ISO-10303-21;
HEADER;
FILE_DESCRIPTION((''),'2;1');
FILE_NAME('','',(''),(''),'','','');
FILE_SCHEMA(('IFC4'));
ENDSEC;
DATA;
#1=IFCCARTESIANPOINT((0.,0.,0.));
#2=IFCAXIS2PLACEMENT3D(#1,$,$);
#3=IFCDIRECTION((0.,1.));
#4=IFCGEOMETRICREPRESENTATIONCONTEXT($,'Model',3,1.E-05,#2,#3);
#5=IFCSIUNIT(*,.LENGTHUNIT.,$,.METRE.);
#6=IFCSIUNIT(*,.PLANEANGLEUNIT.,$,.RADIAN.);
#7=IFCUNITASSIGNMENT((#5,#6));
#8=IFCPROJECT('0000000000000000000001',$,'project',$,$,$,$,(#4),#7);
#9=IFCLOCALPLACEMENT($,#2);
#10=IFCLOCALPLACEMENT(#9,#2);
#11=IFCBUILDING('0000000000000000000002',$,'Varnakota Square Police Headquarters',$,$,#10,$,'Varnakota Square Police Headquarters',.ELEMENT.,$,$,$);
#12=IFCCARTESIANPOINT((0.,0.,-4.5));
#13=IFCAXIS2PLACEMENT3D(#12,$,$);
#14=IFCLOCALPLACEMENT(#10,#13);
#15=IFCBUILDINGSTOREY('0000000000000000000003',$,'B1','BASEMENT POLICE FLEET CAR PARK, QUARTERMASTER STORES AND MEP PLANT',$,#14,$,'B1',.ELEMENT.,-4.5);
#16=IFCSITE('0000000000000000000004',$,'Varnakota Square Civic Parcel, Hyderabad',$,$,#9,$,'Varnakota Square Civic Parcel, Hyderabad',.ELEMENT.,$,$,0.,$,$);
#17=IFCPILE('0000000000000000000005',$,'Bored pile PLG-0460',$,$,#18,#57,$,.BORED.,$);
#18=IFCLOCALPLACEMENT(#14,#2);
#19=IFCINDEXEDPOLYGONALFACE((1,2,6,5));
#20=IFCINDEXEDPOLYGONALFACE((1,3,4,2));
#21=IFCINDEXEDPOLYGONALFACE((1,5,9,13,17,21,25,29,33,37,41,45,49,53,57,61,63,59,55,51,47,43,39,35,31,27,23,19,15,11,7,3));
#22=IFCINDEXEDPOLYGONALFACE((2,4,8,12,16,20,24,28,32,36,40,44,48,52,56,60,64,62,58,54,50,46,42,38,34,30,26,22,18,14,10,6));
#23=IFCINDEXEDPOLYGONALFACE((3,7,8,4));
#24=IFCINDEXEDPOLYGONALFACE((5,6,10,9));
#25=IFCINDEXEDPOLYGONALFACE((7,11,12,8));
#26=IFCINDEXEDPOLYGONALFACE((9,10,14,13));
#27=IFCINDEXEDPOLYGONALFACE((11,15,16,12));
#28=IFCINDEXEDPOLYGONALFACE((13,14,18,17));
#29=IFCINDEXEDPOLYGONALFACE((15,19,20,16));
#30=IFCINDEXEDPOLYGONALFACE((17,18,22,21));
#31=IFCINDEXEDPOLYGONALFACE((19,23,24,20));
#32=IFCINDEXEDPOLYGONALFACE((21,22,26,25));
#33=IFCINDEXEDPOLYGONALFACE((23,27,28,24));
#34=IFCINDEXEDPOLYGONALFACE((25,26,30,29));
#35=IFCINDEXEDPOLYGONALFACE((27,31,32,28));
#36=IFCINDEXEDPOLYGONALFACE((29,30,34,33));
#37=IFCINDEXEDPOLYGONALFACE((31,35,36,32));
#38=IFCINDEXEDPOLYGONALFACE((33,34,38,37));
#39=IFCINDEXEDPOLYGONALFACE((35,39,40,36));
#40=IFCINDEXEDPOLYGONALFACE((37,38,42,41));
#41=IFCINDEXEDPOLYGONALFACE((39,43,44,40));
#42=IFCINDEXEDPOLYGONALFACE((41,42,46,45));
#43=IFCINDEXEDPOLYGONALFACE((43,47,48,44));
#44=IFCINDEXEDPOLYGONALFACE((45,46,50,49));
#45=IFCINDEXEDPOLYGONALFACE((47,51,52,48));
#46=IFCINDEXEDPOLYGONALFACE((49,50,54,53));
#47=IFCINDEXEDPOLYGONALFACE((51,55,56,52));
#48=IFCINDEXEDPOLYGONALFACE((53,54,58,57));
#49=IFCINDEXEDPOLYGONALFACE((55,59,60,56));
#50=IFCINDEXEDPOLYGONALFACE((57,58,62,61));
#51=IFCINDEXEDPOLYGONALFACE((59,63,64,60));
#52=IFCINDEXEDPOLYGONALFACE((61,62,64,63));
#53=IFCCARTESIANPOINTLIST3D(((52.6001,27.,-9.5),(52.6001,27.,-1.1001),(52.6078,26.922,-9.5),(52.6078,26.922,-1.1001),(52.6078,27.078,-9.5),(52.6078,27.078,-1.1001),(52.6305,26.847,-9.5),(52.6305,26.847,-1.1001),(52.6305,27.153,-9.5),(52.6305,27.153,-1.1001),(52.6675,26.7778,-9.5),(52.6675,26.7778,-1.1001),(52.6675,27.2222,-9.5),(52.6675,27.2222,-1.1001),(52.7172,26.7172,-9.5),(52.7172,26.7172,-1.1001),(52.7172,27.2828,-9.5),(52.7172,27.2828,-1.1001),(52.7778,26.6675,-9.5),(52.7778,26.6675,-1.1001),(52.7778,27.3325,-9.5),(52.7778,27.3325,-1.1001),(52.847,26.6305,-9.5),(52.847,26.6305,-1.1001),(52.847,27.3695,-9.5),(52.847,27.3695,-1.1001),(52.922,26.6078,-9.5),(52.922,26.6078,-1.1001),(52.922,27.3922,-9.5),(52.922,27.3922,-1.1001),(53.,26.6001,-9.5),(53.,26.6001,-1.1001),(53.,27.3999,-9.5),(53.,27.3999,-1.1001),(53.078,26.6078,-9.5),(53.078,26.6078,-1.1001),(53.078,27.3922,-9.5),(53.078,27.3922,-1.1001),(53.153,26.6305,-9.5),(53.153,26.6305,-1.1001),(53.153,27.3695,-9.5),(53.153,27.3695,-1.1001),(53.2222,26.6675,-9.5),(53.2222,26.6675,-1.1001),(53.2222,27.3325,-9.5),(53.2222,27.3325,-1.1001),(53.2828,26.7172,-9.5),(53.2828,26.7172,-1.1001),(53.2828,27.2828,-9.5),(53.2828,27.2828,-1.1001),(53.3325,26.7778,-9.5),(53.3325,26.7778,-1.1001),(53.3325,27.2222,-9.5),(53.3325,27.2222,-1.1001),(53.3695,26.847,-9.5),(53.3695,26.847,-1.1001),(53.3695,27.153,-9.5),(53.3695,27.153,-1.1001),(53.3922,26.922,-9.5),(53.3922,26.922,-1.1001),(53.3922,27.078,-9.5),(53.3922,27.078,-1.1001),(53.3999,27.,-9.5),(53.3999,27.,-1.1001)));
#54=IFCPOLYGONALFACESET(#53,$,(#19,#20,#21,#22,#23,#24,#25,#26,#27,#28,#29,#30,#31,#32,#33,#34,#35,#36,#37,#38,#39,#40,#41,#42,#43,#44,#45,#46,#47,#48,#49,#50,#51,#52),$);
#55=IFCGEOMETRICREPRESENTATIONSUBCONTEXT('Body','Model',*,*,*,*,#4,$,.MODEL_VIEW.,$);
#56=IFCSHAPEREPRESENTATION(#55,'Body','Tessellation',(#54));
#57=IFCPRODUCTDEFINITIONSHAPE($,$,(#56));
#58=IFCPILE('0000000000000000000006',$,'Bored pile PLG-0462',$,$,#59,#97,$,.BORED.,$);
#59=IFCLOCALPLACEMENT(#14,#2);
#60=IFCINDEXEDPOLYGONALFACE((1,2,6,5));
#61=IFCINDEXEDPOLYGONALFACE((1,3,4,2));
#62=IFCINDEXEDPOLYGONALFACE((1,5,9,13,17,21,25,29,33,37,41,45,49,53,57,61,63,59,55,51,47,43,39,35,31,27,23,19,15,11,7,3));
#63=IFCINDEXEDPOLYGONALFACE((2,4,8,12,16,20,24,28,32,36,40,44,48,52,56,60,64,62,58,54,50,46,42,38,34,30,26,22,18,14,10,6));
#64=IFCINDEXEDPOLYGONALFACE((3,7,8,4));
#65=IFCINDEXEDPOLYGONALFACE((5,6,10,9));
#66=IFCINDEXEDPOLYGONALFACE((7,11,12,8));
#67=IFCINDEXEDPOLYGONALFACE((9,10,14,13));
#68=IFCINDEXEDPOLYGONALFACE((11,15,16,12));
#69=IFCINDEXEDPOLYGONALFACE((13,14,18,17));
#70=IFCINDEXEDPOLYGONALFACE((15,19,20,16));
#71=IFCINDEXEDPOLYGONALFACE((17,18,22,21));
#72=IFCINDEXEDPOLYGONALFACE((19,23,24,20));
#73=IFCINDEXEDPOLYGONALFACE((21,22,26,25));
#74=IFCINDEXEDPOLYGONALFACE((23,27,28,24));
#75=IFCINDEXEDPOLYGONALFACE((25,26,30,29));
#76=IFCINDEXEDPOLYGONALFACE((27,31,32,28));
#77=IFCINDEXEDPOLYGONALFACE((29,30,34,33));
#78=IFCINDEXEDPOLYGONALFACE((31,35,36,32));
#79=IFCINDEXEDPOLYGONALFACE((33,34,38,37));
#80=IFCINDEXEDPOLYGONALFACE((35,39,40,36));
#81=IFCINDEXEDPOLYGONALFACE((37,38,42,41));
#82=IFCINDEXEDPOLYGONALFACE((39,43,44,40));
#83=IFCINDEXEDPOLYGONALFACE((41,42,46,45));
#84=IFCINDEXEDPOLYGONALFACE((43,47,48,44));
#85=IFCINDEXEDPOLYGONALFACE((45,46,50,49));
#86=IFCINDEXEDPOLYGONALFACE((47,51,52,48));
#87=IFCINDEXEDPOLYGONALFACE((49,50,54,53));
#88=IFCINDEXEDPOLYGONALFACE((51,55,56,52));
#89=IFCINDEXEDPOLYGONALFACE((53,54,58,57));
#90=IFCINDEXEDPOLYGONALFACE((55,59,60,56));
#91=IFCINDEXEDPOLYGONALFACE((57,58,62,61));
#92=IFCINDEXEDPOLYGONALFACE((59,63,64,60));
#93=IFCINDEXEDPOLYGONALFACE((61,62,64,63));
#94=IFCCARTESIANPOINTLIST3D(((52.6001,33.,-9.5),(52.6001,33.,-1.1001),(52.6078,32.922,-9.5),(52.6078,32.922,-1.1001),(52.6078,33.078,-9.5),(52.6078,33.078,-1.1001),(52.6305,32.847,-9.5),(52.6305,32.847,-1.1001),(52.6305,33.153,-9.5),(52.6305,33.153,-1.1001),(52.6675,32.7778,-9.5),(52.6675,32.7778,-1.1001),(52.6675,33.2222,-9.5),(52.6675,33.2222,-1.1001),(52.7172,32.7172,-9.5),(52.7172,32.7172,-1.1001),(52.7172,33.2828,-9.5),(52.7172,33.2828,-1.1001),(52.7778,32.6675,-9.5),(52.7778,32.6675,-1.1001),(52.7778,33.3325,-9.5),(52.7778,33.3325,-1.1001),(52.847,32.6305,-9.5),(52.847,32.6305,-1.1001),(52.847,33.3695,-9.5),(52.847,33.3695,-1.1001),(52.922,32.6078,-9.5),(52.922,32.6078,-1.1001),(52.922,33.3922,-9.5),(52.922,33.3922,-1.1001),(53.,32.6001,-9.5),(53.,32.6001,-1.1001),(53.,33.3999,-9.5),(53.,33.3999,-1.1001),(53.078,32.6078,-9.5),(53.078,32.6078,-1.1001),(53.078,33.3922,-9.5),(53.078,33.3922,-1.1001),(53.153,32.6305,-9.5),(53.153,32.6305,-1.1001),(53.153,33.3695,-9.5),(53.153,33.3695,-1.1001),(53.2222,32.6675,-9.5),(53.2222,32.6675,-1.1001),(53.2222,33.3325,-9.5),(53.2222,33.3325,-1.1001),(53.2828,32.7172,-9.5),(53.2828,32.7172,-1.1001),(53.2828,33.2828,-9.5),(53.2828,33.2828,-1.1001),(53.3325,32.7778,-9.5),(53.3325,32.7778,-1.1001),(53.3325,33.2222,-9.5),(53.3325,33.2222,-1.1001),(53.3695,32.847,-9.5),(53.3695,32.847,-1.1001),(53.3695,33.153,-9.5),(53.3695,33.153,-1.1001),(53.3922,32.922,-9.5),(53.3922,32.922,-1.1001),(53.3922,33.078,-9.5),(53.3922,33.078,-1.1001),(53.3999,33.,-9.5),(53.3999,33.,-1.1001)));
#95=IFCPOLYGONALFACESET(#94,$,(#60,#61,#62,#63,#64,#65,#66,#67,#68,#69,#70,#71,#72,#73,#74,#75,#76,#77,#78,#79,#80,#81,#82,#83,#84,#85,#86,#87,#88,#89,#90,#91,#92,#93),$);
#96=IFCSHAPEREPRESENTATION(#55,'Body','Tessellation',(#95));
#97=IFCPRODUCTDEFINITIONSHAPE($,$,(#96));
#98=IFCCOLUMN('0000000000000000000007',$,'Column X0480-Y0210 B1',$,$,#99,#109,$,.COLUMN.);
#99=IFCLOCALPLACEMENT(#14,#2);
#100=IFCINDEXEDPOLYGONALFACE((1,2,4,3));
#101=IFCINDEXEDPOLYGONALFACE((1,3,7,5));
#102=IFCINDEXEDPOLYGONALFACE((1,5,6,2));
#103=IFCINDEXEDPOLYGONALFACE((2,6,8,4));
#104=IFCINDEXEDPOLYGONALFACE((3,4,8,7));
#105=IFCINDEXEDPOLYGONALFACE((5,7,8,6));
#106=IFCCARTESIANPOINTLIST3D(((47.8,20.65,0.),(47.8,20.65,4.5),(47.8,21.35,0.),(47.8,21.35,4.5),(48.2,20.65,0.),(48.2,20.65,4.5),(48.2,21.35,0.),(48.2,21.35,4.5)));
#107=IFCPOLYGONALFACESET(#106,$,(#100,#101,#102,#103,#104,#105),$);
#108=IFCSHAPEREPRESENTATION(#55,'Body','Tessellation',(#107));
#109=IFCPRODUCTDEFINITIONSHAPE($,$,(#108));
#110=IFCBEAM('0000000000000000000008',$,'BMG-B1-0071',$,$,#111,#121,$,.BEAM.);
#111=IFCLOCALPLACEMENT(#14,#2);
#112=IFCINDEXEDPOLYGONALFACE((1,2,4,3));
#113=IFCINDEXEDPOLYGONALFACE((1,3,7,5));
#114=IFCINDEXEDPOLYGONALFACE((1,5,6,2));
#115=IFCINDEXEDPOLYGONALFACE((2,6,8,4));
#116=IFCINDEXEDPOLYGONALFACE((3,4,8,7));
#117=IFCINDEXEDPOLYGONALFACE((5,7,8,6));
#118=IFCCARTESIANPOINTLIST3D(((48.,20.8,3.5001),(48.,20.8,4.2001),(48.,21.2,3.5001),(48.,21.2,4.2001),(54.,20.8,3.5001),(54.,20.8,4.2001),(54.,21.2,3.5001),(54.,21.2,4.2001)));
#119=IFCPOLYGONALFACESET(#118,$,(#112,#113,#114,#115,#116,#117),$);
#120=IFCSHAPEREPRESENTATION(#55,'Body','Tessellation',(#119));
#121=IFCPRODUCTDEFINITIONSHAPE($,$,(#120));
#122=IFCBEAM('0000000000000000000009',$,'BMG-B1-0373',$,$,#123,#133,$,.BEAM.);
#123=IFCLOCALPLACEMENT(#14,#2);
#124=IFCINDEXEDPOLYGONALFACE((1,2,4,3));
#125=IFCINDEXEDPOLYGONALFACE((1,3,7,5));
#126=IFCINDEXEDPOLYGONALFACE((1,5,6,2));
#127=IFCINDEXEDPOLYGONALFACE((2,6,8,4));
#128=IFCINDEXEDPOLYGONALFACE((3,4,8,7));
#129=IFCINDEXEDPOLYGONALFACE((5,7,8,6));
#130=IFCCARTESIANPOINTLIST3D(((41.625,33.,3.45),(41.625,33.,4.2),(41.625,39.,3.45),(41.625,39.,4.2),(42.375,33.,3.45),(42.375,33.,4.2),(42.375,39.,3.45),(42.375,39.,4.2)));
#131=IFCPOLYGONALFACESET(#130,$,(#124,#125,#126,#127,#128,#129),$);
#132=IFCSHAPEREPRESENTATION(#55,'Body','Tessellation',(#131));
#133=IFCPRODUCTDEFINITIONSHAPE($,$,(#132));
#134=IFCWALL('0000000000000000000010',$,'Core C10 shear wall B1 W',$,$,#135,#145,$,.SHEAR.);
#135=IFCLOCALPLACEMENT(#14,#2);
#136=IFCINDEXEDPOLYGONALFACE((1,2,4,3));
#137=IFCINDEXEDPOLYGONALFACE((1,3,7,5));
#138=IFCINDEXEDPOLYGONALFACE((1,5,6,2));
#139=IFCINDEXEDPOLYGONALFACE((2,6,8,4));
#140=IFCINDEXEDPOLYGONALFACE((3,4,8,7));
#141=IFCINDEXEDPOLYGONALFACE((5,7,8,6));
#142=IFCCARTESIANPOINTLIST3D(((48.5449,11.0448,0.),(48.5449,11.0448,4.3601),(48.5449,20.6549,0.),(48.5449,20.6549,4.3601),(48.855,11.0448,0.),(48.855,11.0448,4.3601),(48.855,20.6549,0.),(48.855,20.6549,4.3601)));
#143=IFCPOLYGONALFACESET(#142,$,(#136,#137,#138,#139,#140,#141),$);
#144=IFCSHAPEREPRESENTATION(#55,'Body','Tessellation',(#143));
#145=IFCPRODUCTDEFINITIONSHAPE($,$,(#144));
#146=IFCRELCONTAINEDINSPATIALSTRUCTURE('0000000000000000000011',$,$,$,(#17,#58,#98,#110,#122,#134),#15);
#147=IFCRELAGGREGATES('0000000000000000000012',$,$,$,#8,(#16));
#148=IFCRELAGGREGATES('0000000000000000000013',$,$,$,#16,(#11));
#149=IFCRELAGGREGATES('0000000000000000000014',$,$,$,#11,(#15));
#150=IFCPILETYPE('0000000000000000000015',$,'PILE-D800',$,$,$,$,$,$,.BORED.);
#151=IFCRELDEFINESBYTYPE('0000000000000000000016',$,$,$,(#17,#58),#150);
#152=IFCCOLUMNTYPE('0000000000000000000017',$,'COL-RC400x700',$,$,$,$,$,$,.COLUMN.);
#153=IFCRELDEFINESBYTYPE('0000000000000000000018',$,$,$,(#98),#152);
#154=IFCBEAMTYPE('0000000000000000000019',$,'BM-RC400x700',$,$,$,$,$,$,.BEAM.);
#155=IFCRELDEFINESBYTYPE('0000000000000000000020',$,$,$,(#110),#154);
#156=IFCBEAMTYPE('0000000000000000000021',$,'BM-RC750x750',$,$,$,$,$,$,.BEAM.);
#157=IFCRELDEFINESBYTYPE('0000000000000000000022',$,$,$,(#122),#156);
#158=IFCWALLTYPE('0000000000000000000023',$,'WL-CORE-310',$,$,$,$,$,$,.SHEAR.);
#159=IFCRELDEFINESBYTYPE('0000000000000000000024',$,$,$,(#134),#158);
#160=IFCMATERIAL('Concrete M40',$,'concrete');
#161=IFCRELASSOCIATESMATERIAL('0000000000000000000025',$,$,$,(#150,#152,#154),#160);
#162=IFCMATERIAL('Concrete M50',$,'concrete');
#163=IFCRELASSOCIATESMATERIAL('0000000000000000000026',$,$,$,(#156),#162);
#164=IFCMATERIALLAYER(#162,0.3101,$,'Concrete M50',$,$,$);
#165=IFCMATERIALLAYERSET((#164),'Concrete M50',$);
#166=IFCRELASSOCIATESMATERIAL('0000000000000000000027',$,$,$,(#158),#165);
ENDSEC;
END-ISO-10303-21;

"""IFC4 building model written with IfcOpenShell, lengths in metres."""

from ifc_helpers import new_model, si_unit, direction, frame, frame_2d, origin, origin_2d, place, context, subcontext, project, spatial, rectangle, circle, extrude, material, layer, layer_set, material_profile, profile_set, type_object, element, save


model = new_model("IFC4")

# Units and contexts
model_context = context("Model", 3, precision=1e-05, world=origin(), true_north=direction((0.0, 1.0)))
body_context = subcontext(model_context, "Body", "Model", "MODEL_VIEW")
ifc_project = project(units=[si_unit("LENGTHUNIT", "METRE"), si_unit("PLANEANGLEUNIT", "RADIAN")], contexts=[model_context])

# Site, building, storey
site_placement = place(None, origin())
site = spatial("IfcSite", under=ifc_project, at=site_placement, Name="Varnakota Square Civic Parcel, Hyderabad", LongName="Varnakota Square Civic Parcel, Hyderabad", CompositionType="ELEMENT", RefElevation=0.0)
building_placement = place(site_placement, origin())
building = spatial("IfcBuilding", under=site, at=building_placement, Name="Varnakota Square Police Headquarters", LongName="Varnakota Square Police Headquarters", CompositionType="ELEMENT")
storey_placement = place(building_placement, frame((0.0, 0.0, -4.5)))
storey = spatial("IfcBuildingStorey", under=building, at=storey_placement, Name="B1", Description="BASEMENT POLICE FLEET CAR PARK, QUARTERMASTER STORES AND MEP PLANT", LongName="B1", CompositionType="ELEMENT", Elevation=-4.5)

# Shared definitions
ifc_material_1 = material(Name="Concrete M40", Category="concrete")

# Piles
ifc_material_2 = material(Name="Concrete M50", Category="concrete")
ifc_material_profile_1 = material_profile(ifc_material_1, circle(Radius=0.3999, at=origin_2d()), Name="BORED PILE 800")
ifc_profile_set_1 = profile_set([ifc_material_profile_1], Name="Concrete M40")
pile_type_1 = type_object("IfcPileType", Name="PILE-D800", PredefinedType="BORED", material=ifc_profile_set_1)
for number, where, z_axis, x_axis, name in (
    (1, (53.0, 27.0, -1.1001), (0.0, 0.0, -1.0), (1.0, 0.0, 0.0), "Bored pile PLG-0460"),
    (2, (53.0, 33.0, -1.1001), (0.0, 0.0, -1.0), (1.0, 0.0, 0.0), "Bored pile PLG-0462"),
):
    element("IfcPile", number, at=place(storey_placement, frame(where, z_axis=z_axis, x_axis=x_axis)), inside=storey, type_object=pile_type_1, Name=name, PredefinedType="BORED", context=body_context, shape_type="SweptSolid", body=[
        extrude(circle(Radius=0.3999, at=origin_2d()), origin(), (0.0, 0.0, 1.0), 8.3999),
    ])

# Column
ifc_material_profile_2 = material_profile(ifc_material_1, rectangle(XDim=0.3999, YDim=0.7, at=origin_2d()), Name="RC 400x700")
ifc_profile_set_2 = profile_set([ifc_material_profile_2], Name="Concrete M40")
column_type = type_object("IfcColumnType", Name="COL-RC400x700", PredefinedType="COLUMN", material=ifc_profile_set_2)
column_placement = place(storey_placement, frame((48.0, 21.0, 0.0), z_axis=(0.0, 0.0, 1.0), x_axis=(1.0, 0.0, 0.0)))
element("IfcColumn", 3, at=column_placement, inside=storey, type_object=column_type, Name="Column X0480-Y0210 B1", PredefinedType="COLUMN", context=body_context, shape_type="SweptSolid", body=[
    extrude(rectangle(XDim=0.3999, YDim=0.7, at=origin_2d()), origin(), (0.0, 0.0, 1.0), 4.5),
])

# Beams
ifc_material_profile_3 = material_profile(ifc_material_1, rectangle(XDim=0.3999, YDim=0.7, at=origin_2d()), Name="RC 400x700")
ifc_profile_set_3 = profile_set([ifc_material_profile_3], Name="Concrete M40")
beam_type_1 = type_object("IfcBeamType", Name="BM-RC400x700", PredefinedType="BEAM", material=ifc_profile_set_3)
beam_1_placement = place(storey_placement, frame((48.0, 21.0, 3.8501), z_axis=(1.0, 0.0, 0.0), x_axis=(0.0, 1.0, 0.0)))
element("IfcBeam", 4, at=beam_1_placement, inside=storey, type_object=beam_type_1, Name="BMG-B1-0071", PredefinedType="BEAM", context=body_context, shape_type="SweptSolid", body=[
    extrude(rectangle(XDim=0.3999, YDim=0.7, at=origin_2d()), origin(), (0.0, 0.0, 1.0), 6.0),
])
ifc_material_profile_4 = material_profile(ifc_material_2, rectangle(XDim=0.75, YDim=0.75, at=origin_2d()), Name="RC 750x750")
ifc_profile_set_4 = profile_set([ifc_material_profile_4], Name="Concrete M50")
beam_type_2 = type_object("IfcBeamType", Name="BM-RC750x750", PredefinedType="BEAM", material=ifc_profile_set_4)
beam_2_placement = place(storey_placement, frame((42.0, 33.0, 3.825), z_axis=(0.0, 1.0, 0.0), x_axis=(-1.0, 0.0, 0.0)))
element("IfcBeam", 5, at=beam_2_placement, inside=storey, type_object=beam_type_2, Name="BMG-B1-0373", PredefinedType="BEAM", context=body_context, shape_type="SweptSolid", body=[
    extrude(rectangle(XDim=0.75, YDim=0.75, at=origin_2d()), origin(), (0.0, 0.0, 1.0), 6.0),
])

# Wall
ifc_layer = layer(ifc_material_2, 0.3101, Name="Concrete M50")
ifc_layer_set = layer_set([ifc_layer], Name="Concrete M50")
wall_type = type_object("IfcWallType", Name="WL-CORE-310", PredefinedType="SHEAR", material=ifc_layer_set)
wall_placement = place(storey_placement, frame((48.7, 20.655, 0.0), z_axis=(0.0, 0.0, 1.0), x_axis=(0.0, -1.0, 0.0)))
element("IfcWall", 6, at=wall_placement, inside=storey, type_object=wall_type, Name="Core C10 shear wall B1 W", PredefinedType="SHEAR", context=body_context, shape_type="SweptSolid", body=[
    extrude(rectangle(XDim=9.6101, YDim=0.3101, at=frame_2d((4.8052, 0.0))), origin(), (0.0, 0.0, 1.0), 4.3601),
])

save(model, "model.ifc")
